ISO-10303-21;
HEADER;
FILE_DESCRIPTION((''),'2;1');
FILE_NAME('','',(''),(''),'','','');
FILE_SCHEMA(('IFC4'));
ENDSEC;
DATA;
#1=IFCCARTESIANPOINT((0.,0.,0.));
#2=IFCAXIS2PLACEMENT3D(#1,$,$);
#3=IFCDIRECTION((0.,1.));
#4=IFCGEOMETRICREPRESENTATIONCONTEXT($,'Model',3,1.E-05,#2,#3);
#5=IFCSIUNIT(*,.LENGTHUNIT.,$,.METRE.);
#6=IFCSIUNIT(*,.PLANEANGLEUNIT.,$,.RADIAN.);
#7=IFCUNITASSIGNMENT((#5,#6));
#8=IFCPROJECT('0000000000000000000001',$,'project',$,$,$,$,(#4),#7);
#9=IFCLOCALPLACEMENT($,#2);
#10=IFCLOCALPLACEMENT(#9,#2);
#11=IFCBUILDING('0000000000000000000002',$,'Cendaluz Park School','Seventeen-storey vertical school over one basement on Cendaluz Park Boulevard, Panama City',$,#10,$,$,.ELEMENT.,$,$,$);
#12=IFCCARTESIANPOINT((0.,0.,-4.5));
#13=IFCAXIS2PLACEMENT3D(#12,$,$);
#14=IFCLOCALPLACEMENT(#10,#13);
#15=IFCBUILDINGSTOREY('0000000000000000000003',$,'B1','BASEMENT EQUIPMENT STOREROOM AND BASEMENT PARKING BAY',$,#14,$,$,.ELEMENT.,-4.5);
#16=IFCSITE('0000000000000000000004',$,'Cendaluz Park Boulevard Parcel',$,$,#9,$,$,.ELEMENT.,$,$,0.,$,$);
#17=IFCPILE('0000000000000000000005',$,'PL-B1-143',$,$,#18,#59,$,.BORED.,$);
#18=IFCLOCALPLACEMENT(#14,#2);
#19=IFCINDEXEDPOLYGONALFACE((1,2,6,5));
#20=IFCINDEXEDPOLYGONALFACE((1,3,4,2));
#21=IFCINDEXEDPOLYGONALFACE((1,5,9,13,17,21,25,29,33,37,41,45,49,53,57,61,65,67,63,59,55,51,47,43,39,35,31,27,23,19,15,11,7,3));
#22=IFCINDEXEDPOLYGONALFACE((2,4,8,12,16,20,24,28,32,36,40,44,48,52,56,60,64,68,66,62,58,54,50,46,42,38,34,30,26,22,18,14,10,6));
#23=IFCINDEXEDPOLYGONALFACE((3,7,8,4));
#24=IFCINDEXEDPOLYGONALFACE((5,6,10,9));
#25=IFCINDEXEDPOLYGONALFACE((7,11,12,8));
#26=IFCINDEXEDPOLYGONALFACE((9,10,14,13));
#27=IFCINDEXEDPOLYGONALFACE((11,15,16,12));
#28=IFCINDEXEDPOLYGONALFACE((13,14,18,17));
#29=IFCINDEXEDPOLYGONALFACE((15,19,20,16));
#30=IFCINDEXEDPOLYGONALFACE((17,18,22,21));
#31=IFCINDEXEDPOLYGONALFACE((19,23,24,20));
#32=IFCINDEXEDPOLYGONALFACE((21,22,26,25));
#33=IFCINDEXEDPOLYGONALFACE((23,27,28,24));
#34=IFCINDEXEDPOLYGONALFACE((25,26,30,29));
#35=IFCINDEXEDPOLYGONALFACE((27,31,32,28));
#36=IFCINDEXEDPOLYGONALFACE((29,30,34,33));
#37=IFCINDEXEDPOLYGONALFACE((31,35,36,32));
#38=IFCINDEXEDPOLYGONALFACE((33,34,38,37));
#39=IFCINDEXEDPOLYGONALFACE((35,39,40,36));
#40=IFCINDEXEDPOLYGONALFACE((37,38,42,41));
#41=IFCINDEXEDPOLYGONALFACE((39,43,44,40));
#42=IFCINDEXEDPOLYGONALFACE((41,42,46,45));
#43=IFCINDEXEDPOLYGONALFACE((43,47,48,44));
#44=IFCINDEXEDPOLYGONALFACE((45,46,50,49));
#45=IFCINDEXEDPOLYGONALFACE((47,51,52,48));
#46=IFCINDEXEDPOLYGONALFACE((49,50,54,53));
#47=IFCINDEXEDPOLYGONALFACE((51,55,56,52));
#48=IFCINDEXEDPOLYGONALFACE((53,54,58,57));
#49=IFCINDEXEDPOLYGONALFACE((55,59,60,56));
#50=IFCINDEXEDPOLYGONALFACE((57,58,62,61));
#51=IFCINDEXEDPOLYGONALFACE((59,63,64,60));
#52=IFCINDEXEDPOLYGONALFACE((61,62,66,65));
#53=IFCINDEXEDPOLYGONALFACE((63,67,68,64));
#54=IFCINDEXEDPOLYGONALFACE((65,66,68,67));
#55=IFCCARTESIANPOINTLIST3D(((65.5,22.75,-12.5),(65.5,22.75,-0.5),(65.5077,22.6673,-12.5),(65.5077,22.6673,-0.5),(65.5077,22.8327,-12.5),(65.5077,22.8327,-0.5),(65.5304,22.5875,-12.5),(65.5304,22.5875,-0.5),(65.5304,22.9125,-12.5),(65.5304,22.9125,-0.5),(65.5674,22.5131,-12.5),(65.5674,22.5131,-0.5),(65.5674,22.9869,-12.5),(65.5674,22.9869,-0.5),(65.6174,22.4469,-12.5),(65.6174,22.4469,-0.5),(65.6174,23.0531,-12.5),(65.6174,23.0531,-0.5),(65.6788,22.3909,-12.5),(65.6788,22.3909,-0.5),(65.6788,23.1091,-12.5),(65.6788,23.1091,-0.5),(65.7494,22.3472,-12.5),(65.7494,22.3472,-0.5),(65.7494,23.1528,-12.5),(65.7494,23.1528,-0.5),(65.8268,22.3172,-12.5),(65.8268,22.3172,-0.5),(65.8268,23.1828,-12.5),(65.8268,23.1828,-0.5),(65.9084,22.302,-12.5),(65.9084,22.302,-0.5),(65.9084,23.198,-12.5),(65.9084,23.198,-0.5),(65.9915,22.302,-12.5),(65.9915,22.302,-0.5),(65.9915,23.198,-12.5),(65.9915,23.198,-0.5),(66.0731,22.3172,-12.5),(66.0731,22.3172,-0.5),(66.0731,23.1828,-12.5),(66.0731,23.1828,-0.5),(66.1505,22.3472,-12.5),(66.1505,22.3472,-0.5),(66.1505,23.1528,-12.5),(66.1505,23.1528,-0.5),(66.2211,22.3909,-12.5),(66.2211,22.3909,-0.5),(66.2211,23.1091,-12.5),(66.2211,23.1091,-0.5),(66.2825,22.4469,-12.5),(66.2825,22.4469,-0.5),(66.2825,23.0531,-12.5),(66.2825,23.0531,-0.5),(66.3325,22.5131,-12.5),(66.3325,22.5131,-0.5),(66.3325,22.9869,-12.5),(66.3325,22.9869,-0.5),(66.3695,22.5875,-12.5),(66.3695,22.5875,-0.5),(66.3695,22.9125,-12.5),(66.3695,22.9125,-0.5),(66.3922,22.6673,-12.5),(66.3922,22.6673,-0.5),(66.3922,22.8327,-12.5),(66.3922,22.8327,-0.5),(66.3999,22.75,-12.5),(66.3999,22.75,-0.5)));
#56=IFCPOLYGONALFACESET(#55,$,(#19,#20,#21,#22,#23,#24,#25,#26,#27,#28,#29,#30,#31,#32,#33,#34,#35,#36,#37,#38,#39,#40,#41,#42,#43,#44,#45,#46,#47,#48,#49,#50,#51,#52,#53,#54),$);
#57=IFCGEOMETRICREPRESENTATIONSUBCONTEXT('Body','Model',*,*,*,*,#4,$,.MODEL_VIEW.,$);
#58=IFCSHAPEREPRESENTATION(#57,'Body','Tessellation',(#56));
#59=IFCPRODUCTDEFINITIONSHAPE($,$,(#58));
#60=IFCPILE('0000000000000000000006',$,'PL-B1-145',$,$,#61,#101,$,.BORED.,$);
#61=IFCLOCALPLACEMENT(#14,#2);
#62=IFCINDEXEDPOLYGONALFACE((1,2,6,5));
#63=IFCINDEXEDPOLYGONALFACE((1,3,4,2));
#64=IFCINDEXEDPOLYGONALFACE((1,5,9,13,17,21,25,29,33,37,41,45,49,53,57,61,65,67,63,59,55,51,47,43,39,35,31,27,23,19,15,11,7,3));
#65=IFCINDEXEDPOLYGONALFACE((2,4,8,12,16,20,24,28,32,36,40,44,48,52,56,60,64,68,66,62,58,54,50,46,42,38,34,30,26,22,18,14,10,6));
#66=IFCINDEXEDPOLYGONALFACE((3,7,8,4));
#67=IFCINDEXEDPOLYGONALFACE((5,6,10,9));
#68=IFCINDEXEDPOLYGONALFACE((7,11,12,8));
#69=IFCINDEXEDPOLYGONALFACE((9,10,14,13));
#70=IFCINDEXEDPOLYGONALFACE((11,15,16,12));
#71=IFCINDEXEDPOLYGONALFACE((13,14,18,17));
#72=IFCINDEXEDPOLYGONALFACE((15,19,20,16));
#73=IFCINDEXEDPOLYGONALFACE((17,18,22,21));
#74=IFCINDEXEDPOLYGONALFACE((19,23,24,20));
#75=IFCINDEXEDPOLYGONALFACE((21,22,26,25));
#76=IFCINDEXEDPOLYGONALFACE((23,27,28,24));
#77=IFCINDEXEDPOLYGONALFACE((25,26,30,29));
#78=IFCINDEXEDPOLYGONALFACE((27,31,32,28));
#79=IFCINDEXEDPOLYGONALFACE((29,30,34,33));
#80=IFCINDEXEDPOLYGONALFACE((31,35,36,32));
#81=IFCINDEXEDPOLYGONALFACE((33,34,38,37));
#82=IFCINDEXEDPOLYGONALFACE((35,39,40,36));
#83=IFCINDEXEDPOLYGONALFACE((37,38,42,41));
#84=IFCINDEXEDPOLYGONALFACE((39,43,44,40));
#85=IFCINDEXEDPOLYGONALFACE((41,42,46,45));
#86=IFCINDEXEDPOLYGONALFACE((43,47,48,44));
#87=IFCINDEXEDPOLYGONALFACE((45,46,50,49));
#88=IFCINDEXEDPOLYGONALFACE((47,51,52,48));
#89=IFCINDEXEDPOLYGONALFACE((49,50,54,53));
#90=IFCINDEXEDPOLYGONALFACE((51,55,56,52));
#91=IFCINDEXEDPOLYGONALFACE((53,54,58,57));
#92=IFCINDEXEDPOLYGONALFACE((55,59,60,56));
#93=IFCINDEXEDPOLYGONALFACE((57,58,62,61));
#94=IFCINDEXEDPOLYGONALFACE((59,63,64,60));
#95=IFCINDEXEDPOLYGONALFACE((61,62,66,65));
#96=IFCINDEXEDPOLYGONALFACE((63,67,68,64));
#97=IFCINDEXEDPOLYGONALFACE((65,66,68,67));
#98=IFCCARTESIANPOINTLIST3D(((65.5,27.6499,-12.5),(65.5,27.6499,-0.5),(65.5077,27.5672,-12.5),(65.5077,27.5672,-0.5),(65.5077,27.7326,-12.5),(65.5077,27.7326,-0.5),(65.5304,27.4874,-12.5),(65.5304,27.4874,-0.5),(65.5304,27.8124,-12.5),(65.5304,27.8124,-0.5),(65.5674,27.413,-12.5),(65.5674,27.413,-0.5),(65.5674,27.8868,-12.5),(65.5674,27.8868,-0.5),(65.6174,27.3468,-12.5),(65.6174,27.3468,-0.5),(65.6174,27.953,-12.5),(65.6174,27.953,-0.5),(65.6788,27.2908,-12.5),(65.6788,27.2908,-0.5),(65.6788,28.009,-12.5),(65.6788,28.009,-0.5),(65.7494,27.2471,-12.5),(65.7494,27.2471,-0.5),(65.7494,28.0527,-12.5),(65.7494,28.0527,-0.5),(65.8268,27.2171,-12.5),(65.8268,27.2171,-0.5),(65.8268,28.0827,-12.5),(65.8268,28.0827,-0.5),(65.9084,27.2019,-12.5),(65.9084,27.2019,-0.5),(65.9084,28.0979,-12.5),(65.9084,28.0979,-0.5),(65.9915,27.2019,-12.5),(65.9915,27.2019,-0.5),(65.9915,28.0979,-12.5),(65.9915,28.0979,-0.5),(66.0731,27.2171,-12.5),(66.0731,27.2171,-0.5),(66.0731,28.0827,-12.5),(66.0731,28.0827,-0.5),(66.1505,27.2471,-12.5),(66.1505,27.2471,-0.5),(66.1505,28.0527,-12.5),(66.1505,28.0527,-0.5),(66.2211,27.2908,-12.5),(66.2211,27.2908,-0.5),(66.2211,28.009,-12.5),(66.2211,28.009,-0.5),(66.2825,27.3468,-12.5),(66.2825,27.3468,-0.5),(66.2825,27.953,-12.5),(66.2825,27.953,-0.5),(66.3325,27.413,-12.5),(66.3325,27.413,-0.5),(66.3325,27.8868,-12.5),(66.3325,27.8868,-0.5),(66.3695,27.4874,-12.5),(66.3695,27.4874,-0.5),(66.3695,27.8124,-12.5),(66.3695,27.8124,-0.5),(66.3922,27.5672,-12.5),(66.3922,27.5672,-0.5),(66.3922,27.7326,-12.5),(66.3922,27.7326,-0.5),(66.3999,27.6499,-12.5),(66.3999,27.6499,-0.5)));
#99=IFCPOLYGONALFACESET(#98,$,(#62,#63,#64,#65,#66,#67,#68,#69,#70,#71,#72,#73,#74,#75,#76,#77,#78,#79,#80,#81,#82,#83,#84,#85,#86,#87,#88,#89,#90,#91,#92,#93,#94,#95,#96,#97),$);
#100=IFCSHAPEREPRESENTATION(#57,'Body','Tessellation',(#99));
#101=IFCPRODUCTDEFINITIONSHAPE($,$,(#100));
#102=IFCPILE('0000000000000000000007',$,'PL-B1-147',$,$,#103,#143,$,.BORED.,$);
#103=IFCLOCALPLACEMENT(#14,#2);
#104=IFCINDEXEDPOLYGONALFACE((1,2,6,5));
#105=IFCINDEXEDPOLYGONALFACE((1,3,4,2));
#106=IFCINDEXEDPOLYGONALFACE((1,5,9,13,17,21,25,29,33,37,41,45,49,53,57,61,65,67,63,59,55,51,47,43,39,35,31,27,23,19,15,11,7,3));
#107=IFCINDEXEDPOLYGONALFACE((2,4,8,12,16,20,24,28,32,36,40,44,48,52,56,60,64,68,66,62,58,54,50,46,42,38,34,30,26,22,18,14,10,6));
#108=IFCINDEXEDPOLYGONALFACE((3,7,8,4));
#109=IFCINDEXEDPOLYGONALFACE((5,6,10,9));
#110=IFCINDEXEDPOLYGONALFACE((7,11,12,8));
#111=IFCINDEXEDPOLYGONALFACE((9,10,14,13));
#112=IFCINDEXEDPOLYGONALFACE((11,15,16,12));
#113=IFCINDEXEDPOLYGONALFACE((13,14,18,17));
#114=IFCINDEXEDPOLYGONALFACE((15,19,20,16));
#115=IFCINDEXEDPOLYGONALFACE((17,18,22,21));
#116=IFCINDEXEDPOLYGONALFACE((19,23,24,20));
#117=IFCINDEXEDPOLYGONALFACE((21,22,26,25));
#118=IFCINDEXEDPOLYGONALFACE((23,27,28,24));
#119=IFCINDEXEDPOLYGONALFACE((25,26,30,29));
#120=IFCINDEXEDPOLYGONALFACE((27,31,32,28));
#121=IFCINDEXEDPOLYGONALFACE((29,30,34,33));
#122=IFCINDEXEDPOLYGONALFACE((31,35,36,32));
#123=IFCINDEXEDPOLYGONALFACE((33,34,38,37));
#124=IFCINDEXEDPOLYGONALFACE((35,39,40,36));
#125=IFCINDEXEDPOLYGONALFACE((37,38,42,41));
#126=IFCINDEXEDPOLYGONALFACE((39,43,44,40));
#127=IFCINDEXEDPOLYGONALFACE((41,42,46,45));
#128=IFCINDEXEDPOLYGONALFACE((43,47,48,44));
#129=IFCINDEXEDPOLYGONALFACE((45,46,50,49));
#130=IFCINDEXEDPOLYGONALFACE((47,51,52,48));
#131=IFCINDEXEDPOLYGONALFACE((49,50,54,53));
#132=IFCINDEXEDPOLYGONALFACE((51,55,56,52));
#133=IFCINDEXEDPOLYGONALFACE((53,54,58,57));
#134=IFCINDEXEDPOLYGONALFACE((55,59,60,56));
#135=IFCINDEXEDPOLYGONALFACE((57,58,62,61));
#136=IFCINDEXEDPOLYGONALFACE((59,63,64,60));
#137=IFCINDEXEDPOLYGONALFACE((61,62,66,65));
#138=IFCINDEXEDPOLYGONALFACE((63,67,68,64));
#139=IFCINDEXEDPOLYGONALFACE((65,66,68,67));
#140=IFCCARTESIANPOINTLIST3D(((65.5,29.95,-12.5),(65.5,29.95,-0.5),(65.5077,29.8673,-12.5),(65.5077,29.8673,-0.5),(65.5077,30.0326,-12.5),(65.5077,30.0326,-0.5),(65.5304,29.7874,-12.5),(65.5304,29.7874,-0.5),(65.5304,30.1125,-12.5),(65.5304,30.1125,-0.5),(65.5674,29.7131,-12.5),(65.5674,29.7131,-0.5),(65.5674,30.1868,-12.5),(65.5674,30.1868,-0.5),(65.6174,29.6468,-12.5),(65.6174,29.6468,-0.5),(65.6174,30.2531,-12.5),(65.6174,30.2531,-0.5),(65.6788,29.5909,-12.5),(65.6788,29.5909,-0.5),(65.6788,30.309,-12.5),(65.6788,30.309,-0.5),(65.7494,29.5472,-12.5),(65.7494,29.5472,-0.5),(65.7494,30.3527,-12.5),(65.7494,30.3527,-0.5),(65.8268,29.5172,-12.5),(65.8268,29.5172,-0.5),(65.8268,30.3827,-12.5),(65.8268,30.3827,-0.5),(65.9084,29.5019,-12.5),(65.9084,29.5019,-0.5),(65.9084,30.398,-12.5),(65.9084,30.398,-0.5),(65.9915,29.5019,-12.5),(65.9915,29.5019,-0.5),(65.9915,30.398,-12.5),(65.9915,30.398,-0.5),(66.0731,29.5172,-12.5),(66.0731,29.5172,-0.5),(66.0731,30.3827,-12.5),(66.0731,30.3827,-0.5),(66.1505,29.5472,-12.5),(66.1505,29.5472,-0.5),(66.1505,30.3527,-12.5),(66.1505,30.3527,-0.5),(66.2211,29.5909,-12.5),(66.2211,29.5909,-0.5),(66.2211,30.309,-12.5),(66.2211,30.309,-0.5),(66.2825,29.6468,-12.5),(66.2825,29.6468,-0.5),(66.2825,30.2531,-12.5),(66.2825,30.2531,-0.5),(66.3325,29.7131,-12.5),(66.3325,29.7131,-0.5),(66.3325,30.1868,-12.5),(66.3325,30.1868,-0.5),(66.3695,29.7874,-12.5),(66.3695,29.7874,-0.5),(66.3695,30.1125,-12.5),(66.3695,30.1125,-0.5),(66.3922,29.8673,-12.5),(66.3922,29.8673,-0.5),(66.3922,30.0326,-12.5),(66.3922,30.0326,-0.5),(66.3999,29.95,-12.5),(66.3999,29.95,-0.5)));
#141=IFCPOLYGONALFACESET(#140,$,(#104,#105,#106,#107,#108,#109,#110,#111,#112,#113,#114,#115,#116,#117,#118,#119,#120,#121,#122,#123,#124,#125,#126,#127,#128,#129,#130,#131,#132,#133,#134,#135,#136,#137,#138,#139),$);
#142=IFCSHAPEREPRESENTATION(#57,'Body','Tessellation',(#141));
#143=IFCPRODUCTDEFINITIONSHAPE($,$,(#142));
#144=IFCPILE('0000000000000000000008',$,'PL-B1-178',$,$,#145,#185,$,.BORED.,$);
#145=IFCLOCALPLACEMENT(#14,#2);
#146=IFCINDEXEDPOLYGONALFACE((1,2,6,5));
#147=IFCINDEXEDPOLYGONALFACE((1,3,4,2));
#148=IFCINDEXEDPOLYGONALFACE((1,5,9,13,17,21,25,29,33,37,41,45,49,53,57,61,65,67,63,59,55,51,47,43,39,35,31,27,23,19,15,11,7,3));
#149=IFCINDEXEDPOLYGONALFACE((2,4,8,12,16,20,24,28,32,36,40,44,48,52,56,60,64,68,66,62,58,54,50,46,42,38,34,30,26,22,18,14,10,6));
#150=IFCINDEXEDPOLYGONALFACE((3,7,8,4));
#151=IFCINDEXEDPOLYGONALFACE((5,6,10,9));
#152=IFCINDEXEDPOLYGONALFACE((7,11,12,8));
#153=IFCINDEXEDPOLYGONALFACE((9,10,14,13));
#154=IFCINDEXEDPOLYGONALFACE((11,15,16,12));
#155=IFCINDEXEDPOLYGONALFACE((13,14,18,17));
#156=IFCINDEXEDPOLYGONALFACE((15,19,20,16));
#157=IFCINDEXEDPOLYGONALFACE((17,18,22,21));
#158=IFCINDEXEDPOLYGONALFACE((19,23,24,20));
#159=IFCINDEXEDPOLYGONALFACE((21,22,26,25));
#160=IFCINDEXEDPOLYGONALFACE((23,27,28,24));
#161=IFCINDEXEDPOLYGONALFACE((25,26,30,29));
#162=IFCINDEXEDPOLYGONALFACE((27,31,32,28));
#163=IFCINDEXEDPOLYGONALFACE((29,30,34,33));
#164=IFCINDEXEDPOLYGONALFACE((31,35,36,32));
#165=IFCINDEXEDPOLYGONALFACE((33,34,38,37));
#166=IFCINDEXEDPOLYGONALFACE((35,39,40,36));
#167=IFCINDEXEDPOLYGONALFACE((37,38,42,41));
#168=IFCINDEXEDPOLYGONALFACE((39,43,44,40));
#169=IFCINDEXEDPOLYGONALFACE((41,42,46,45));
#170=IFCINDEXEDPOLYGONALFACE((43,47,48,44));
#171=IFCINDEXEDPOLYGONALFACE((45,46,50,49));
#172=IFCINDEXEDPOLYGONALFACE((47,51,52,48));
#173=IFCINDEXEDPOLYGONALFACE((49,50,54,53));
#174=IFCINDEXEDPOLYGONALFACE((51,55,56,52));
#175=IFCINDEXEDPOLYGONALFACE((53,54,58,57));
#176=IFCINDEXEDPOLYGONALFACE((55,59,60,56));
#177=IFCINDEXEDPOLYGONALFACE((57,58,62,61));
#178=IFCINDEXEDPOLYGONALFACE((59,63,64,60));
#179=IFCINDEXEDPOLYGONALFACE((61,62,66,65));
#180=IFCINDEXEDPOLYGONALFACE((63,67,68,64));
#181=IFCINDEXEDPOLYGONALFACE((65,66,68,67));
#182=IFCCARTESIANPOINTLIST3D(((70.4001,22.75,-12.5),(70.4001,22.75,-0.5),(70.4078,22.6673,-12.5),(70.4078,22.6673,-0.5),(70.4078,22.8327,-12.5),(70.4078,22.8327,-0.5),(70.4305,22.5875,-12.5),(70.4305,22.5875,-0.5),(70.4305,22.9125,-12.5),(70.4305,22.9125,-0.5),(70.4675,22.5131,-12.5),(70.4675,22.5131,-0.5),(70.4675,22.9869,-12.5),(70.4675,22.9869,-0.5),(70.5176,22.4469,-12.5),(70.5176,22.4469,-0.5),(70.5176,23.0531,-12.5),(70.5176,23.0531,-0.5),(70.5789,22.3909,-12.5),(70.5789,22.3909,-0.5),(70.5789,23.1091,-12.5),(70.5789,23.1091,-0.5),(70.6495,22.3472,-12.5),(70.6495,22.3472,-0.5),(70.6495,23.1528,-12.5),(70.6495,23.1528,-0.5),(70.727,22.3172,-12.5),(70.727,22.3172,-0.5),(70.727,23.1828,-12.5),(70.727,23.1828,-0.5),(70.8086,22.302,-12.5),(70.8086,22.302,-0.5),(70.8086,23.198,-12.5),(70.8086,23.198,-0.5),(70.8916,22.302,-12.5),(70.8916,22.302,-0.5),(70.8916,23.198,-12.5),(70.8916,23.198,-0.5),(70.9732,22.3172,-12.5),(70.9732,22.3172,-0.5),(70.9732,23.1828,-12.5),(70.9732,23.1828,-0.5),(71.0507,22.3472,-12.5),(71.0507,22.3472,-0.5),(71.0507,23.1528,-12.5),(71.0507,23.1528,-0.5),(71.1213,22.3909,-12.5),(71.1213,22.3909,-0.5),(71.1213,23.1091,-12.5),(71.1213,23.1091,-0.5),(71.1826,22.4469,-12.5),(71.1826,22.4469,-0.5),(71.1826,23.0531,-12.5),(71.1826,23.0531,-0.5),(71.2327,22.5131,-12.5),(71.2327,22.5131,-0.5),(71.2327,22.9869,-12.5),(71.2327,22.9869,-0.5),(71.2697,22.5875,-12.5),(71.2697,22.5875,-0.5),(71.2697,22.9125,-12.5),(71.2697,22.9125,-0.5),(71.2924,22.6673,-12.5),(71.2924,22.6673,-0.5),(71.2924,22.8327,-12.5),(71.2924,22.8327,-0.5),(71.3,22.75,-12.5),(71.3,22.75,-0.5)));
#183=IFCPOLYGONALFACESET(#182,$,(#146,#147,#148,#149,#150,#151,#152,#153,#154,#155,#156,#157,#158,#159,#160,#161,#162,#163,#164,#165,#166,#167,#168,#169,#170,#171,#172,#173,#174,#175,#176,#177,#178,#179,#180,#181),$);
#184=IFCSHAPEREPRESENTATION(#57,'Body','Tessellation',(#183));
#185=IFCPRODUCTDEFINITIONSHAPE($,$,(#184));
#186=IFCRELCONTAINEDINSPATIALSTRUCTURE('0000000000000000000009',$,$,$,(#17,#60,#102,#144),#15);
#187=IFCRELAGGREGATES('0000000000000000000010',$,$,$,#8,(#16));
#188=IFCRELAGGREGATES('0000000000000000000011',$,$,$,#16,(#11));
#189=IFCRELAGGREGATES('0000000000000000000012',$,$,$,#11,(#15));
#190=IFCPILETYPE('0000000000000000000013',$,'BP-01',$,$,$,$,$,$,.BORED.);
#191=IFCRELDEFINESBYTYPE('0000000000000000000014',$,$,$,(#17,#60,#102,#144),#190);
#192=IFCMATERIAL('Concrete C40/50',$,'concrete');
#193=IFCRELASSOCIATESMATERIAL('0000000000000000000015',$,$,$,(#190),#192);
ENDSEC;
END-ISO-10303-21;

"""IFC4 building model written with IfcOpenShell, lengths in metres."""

from ifc_helpers import new_model, si_unit, direction, frame, origin, origin_2d, place, context, subcontext, project, spatial, circle, extrude, material, material_profile, profile_set, type_object, element, save


model = new_model("IFC4")

# Units and contexts
model_context = context("Model", 3, precision=1e-05, world=origin(), true_north=direction((0.0, 1.0)))
body_context = subcontext(model_context, "Body", "Model", "MODEL_VIEW")
ifc_project = project(units=[si_unit("LENGTHUNIT", "METRE"), si_unit("PLANEANGLEUNIT", "RADIAN")], contexts=[model_context])

# Site, building, storey
site_placement = place(None, origin())
site = spatial("IfcSite", under=ifc_project, at=site_placement, Name="Cendaluz Park Boulevard Parcel", CompositionType="ELEMENT", RefElevation=0.0)
building_placement = place(site_placement, origin())
building = spatial("IfcBuilding", under=site, at=building_placement, Name="Cendaluz Park School", Description="Seventeen-storey vertical school over one basement on Cendaluz Park Boulevard, Panama City", CompositionType="ELEMENT")
storey_placement = place(building_placement, frame((0.0, 0.0, -4.5)))
storey = spatial("IfcBuildingStorey", under=building, at=storey_placement, Name="B1", Description="BASEMENT EQUIPMENT STOREROOM AND BASEMENT PARKING BAY", CompositionType="ELEMENT", Elevation=-4.5)

# Piles
ifc_material_1 = material(Name="Concrete C40/50", Category="concrete")
ifc_material_profile_1 = material_profile(ifc_material_1, circle(Radius=0.45, at=origin_2d()), Name="BP D900", Category="concrete")
ifc_profile_set_1 = profile_set([ifc_material_profile_1], Name="Concrete C40/50")
pile_type = type_object("IfcPileType", Name="BP-01", PredefinedType="BORED", material=ifc_profile_set_1)
for number, where, z_axis, x_axis, name in (
    (1, (65.95, 22.75, -0.5), (0.0, 0.0, -1.0), (1.0, 0.0, 0.0), "PL-B1-143"),
    (2, (65.95, 27.6499, -0.5), (0.0, 0.0, -1.0), (1.0, 0.0, 0.0), "PL-B1-145"),
    (3, (65.95, 29.95, -0.5), (0.0, 0.0, -1.0), (1.0, 0.0, 0.0), "PL-B1-147"),
    (4, (70.8501, 22.75, -0.5), (0.0, 0.0, -1.0), (1.0, 0.0, 0.0), "PL-B1-178"),
):
    element("IfcPile", number, at=place(storey_placement, frame(where, z_axis=z_axis, x_axis=x_axis)), inside=storey, type_object=pile_type, Name=name, PredefinedType="BORED", context=body_context, shape_type="SweptSolid", body=[
        extrude(circle(Radius=0.45, at=origin_2d()), origin(), (0.0, 0.0, 1.0), 12.0),
    ])

save(model, "model.ifc")
